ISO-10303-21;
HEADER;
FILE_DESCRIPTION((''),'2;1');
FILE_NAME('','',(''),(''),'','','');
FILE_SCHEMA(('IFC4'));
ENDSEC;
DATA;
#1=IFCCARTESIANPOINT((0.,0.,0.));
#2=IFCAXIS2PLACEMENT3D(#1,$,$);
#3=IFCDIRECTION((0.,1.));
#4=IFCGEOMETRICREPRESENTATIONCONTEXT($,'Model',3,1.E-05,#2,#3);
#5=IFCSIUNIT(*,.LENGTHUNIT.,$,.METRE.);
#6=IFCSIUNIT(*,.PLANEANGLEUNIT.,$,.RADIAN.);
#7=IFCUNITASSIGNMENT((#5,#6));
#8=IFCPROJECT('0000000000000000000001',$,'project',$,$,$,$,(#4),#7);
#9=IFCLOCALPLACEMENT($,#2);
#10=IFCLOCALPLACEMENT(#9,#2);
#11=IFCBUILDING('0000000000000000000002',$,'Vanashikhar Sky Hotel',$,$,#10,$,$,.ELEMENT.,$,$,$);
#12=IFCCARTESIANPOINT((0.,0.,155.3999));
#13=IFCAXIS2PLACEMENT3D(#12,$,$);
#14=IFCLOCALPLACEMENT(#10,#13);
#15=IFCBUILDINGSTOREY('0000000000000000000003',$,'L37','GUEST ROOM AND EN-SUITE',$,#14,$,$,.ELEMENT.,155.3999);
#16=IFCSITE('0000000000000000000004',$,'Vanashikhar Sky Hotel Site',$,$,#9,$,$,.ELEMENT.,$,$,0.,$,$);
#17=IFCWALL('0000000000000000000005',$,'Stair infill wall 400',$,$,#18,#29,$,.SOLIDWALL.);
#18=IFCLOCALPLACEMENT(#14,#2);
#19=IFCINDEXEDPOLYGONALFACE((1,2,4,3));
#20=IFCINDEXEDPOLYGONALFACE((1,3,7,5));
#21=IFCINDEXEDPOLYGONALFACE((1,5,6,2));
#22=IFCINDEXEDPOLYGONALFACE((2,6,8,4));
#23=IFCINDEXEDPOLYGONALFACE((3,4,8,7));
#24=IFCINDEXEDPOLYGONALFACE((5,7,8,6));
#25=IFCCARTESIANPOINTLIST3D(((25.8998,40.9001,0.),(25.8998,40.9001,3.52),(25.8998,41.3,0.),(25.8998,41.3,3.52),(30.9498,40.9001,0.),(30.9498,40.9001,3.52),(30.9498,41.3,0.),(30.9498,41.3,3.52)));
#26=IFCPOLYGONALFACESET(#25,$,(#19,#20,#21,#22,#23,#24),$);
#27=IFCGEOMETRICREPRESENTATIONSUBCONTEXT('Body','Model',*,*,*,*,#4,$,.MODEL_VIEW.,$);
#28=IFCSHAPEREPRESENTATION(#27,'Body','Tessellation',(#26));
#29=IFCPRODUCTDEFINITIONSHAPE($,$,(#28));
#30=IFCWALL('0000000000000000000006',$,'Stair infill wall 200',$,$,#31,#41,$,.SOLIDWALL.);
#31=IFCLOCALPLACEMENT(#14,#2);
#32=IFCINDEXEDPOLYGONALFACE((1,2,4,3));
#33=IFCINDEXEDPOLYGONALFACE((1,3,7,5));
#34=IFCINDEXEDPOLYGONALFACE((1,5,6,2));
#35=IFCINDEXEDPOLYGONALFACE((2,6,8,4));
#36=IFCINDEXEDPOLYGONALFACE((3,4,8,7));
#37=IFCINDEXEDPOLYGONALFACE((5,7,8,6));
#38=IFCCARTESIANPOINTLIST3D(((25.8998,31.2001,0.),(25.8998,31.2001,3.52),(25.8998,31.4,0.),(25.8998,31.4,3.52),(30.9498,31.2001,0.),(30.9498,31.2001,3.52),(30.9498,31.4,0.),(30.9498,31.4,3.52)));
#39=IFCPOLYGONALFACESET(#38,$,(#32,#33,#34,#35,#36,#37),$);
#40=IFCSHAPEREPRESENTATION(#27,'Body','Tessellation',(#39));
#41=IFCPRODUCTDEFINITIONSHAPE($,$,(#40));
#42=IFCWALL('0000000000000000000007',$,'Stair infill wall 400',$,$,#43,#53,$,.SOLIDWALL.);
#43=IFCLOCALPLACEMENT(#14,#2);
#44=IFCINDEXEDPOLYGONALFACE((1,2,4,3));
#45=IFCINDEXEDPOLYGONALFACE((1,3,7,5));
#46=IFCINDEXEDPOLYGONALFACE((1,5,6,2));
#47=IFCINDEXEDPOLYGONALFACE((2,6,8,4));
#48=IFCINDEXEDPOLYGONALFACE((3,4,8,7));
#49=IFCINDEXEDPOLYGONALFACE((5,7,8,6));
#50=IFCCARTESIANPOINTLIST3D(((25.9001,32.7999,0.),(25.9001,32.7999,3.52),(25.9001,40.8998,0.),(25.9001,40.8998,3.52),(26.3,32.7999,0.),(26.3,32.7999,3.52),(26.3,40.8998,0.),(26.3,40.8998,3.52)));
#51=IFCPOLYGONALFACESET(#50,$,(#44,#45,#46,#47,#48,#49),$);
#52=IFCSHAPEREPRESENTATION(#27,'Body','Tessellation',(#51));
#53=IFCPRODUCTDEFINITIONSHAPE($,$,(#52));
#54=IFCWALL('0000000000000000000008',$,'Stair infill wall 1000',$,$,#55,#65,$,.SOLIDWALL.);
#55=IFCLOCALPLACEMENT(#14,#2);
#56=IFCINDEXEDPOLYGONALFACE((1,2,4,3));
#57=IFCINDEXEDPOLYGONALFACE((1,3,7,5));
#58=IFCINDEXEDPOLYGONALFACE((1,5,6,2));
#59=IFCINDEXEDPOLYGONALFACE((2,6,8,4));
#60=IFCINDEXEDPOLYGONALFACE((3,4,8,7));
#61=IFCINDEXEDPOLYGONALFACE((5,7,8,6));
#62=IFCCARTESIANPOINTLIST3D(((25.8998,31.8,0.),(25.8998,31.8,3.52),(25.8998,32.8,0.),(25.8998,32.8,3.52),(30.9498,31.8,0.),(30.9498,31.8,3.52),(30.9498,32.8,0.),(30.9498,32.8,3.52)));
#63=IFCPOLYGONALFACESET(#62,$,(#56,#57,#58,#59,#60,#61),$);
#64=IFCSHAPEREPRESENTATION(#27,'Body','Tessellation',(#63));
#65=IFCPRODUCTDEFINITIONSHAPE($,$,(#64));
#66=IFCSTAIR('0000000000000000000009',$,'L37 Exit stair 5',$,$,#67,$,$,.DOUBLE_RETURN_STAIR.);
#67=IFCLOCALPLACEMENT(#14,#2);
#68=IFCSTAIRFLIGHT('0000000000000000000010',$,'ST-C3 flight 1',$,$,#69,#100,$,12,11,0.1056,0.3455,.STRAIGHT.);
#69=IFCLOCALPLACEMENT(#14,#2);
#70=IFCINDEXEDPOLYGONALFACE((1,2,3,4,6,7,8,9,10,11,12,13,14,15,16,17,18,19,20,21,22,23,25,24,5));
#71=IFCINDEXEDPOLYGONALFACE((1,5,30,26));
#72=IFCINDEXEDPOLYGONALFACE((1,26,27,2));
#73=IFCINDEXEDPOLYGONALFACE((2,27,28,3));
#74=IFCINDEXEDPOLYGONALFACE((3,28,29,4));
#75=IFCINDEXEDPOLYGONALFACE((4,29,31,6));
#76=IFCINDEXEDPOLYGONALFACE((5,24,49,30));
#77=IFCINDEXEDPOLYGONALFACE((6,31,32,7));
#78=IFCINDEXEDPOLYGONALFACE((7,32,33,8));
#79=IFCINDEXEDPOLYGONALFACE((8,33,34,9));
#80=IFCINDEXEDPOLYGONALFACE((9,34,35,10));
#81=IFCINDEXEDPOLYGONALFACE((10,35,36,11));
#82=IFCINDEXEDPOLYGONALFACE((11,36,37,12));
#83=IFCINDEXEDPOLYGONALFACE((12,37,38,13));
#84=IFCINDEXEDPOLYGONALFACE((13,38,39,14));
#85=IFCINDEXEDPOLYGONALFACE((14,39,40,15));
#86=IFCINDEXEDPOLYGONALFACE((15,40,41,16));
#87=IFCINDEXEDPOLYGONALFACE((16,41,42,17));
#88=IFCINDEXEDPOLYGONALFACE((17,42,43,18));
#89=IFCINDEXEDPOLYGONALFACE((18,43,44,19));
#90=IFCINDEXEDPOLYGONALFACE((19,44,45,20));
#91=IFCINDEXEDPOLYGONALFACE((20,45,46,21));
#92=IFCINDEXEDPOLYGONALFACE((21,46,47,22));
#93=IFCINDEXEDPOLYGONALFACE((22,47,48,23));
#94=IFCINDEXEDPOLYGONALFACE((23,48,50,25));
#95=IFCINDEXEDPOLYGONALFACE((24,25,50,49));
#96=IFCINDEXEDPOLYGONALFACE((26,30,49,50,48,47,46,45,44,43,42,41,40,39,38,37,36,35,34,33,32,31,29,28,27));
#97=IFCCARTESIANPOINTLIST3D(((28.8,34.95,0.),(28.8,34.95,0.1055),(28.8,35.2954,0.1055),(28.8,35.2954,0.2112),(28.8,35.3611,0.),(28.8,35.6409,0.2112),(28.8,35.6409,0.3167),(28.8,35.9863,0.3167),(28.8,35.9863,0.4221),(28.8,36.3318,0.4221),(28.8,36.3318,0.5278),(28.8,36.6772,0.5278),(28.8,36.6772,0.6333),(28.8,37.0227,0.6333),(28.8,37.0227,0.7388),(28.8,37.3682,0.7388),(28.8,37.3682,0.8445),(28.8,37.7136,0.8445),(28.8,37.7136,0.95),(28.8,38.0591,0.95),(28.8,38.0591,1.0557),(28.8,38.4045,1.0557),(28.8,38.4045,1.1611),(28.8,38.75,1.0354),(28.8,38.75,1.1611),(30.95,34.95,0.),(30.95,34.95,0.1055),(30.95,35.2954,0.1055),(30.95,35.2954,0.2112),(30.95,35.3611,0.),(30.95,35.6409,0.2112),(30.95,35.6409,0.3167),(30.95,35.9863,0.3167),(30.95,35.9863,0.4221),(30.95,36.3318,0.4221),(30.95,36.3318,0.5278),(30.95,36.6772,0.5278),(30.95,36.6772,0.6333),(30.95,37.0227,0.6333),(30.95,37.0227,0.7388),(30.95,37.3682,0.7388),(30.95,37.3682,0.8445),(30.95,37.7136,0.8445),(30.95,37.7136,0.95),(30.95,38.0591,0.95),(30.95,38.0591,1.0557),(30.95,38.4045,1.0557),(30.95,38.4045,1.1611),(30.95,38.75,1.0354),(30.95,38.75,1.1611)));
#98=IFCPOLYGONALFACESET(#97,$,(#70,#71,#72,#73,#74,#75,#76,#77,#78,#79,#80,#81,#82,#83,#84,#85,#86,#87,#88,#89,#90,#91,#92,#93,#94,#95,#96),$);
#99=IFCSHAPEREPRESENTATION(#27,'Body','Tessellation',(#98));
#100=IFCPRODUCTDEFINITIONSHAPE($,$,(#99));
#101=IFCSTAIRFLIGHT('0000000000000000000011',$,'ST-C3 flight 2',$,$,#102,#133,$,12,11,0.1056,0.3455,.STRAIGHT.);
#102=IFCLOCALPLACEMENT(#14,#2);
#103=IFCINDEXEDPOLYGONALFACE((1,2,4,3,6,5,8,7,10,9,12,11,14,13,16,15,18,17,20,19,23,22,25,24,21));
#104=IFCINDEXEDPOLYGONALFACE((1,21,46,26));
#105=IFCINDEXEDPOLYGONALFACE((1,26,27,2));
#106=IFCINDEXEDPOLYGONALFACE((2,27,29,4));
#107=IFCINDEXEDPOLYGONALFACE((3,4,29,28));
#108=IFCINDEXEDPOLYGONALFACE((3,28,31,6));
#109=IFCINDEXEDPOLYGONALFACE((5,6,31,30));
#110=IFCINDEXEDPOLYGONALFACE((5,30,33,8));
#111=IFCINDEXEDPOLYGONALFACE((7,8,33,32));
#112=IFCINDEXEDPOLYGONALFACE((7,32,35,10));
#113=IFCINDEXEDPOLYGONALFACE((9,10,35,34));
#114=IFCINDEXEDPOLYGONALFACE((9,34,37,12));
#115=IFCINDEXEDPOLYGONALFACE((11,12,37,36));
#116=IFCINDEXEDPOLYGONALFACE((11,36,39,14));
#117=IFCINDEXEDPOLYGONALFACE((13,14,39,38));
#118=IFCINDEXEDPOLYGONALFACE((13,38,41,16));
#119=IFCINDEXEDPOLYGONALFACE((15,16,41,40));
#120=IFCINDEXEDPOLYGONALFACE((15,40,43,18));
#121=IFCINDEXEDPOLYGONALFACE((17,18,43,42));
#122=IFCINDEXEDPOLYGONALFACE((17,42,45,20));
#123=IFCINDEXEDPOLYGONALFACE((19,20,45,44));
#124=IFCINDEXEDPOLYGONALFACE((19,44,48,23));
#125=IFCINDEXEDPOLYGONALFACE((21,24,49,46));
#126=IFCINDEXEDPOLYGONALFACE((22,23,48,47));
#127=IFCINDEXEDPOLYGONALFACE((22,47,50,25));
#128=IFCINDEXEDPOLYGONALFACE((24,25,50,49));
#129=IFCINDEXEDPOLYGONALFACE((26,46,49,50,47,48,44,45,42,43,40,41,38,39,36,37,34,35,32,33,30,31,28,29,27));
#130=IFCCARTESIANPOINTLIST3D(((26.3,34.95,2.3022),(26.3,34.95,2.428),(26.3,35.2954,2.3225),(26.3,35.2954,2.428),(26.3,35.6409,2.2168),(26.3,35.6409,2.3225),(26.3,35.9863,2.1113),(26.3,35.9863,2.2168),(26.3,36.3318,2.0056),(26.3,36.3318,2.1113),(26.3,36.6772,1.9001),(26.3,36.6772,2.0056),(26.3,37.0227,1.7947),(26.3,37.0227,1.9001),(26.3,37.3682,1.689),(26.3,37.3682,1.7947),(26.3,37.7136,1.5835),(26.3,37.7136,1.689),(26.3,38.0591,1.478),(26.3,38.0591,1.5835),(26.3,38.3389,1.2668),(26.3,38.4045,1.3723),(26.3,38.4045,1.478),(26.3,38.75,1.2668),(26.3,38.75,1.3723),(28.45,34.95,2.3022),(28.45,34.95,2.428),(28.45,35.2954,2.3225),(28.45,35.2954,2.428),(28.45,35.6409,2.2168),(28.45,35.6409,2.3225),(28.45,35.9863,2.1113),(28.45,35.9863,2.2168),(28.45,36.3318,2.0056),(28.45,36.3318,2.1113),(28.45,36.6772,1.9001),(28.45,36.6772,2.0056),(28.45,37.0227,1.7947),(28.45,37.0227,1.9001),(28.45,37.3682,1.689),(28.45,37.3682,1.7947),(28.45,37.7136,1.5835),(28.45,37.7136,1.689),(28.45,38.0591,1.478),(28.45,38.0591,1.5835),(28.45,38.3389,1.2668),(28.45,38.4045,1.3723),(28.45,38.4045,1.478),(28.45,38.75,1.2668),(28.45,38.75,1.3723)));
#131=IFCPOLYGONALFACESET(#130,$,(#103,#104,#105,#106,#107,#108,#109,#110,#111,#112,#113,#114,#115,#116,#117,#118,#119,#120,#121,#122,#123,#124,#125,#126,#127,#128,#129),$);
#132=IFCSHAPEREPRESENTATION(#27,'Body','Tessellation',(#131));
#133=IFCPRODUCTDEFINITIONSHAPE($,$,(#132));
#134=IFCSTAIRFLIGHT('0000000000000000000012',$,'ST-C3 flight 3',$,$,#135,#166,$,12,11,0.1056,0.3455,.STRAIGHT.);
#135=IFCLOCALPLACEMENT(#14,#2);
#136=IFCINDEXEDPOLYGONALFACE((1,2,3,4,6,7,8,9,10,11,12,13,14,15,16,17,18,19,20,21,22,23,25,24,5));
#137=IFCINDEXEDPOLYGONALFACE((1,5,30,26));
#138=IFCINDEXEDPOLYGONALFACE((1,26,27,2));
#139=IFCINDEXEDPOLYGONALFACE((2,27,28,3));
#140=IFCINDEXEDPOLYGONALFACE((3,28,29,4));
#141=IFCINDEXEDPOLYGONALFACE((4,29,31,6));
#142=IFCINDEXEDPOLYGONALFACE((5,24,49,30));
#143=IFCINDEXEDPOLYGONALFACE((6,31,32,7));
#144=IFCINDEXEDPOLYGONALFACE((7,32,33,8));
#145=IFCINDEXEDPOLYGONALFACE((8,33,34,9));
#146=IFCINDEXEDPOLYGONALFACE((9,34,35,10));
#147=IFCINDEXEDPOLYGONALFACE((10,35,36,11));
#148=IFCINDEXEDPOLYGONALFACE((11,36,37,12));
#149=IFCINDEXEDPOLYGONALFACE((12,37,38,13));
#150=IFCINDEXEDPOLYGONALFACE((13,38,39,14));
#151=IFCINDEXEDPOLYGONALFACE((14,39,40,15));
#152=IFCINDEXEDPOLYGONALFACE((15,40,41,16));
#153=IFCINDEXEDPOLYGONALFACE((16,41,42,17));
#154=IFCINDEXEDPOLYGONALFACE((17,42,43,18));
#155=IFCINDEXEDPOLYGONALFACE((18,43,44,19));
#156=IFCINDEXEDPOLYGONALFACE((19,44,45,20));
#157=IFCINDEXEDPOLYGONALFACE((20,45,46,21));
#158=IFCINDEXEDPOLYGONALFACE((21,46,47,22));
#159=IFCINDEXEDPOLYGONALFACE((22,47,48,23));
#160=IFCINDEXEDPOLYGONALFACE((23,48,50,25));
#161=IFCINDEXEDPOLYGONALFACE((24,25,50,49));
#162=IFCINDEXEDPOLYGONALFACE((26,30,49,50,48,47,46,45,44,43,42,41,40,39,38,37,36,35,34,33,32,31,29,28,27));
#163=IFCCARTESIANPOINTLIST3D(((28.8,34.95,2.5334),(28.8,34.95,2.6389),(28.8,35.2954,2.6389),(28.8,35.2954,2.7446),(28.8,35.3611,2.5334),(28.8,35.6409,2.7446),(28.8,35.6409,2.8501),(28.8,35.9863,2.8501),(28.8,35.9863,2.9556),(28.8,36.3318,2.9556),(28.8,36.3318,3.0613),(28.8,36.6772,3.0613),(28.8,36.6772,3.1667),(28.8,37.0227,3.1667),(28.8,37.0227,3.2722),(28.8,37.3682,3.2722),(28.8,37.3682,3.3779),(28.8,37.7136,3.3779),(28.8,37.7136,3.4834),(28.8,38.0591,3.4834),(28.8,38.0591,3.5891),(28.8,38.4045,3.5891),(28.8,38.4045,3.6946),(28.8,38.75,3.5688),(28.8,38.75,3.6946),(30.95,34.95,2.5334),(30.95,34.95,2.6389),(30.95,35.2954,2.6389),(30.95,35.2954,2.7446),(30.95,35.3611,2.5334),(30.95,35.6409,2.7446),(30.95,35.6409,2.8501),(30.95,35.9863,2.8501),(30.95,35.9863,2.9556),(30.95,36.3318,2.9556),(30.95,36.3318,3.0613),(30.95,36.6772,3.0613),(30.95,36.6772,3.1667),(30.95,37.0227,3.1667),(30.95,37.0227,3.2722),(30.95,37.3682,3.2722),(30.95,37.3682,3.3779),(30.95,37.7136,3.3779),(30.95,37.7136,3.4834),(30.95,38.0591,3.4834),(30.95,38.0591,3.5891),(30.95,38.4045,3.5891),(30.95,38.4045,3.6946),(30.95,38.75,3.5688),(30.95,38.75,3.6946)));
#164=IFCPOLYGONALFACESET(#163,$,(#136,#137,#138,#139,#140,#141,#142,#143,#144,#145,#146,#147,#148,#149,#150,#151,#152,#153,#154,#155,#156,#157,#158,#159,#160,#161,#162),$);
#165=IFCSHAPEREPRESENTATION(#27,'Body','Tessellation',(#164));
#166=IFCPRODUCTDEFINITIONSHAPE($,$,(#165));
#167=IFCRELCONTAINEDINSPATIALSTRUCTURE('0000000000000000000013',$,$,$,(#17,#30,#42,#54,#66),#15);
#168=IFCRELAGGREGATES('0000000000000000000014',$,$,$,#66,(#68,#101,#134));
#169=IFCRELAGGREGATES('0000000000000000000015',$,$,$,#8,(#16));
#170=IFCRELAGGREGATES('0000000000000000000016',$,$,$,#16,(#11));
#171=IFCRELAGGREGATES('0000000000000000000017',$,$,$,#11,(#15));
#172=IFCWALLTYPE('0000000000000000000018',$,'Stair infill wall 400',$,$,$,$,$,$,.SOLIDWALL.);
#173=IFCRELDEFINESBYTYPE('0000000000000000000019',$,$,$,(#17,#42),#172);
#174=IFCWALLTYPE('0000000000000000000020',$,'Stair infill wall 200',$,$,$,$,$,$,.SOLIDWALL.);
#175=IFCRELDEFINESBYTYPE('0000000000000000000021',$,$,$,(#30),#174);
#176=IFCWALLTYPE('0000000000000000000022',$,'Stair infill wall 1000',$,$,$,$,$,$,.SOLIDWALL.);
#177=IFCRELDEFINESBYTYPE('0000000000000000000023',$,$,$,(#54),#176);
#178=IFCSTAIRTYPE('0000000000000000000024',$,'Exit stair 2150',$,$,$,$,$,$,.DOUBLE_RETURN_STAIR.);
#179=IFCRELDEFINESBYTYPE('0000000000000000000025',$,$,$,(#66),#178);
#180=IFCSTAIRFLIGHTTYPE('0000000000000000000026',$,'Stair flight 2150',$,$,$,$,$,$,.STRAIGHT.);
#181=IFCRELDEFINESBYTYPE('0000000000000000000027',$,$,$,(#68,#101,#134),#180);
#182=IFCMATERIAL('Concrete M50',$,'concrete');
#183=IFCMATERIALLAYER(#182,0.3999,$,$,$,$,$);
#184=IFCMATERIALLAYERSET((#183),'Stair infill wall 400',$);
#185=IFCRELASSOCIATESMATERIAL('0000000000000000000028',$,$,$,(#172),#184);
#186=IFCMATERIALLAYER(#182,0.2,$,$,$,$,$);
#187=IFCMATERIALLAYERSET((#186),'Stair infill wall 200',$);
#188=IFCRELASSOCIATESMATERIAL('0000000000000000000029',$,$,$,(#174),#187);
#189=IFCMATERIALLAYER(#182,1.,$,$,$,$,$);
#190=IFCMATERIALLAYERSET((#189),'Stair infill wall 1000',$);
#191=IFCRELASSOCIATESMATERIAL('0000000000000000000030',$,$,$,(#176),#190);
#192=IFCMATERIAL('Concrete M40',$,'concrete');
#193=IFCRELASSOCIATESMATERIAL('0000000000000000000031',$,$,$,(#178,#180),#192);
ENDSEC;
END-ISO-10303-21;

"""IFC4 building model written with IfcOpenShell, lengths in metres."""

from ifc_helpers import new_model, si_unit, direction, frame, frame_2d, origin, place, context, subcontext, project, spatial, polyline, rectangle, outline, extrude, source, transform, mapped, material, layer, layer_set, type_object, element, aggregate, save


model = new_model("IFC4")

# Units and contexts
model_context = context("Model", 3, precision=1e-05, world=origin(), true_north=direction((0.0, 1.0)))
body_context = subcontext(model_context, "Body", "Model", "MODEL_VIEW")
ifc_project = project(units=[si_unit("LENGTHUNIT", "METRE"), si_unit("PLANEANGLEUNIT", "RADIAN")], contexts=[model_context])

# Site, building, storey
site_placement = place(None, origin())
site = spatial("IfcSite", under=ifc_project, at=site_placement, Name="Vanashikhar Sky Hotel Site", CompositionType="ELEMENT", RefElevation=0.0)
building_placement = place(site_placement, origin())
building = spatial("IfcBuilding", under=site, at=building_placement, Name="Vanashikhar Sky Hotel", CompositionType="ELEMENT")
storey_placement = place(building_placement, frame((0.0, 0.0, 155.3999)))
storey = spatial("IfcBuildingStorey", under=building, at=storey_placement, Name="L37", Description="GUEST ROOM AND EN-SUITE", CompositionType="ELEMENT", Elevation=155.3999)

# Shared definitions
ifc_material_1 = material(Name="Concrete M40", Category="concrete")

# Shared definitions
ifc_material_2 = material(Name="Concrete M50", Category="concrete")

# Walls
ifc_layer_1 = layer(ifc_material_2, 0.3999)
ifc_layer_set_1 = layer_set([ifc_layer_1], Name="Stair infill wall 400")
wall_type_1 = type_object("IfcWallType", Name="Stair infill wall 400", PredefinedType="SOLIDWALL", material=ifc_layer_set_1)
shared_shape_1 = source(origin(), body_context, "Body", "SweptSolid", [
    extrude(rectangle(XDim=5.05, YDim=0.3999, at=frame_2d((2.5249, 0.0))), origin(), (0.0, 0.0, 1.0), 3.52),
])
wall_1_placement = place(storey_placement, frame((25.8999, 41.1001, 0.0), z_axis=(0.0, 0.0, 1.0), x_axis=(1.0, 0.0, 0.0)))
element("IfcWall", 1, at=wall_1_placement, inside=storey, type_object=wall_type_1, Name="Stair infill wall 400", PredefinedType="SOLIDWALL", context=body_context, shape_type="MappedRepresentation", body=[
    mapped(shared_shape_1, transform((0.0, 0.0, 0.0), scale=1.0)),
])
ifc_layer_2 = layer(ifc_material_2, 0.2)
ifc_layer_set_2 = layer_set([ifc_layer_2], Name="Stair infill wall 200")
wall_type_2 = type_object("IfcWallType", Name="Stair infill wall 200", PredefinedType="SOLIDWALL", material=ifc_layer_set_2)
shared_shape_2 = source(origin(), body_context, "Body", "SweptSolid", [
    extrude(rectangle(XDim=5.05, YDim=0.2, at=frame_2d((2.5249, 0.0))), origin(), (0.0, 0.0, 1.0), 3.52),
])
wall_2_placement = place(storey_placement, frame((25.8999, 31.3, 0.0), z_axis=(0.0, 0.0, 1.0), x_axis=(1.0, 0.0, 0.0)))
element("IfcWall", 2, at=wall_2_placement, inside=storey, type_object=wall_type_2, Name="Stair infill wall 200", PredefinedType="SOLIDWALL", context=body_context, shape_type="MappedRepresentation", body=[
    mapped(shared_shape_2, transform((0.0, 0.0, 0.0), scale=1.0)),
])
shared_shape_3 = source(origin(), body_context, "Body", "SweptSolid", [
    extrude(rectangle(XDim=8.0999, YDim=0.3999, at=frame_2d((4.0498, 0.0))), origin(), (0.0, 0.0, 1.0), 3.52),
])
wall_3_placement = place(storey_placement, frame((26.1001, 32.8, 0.0), z_axis=(0.0, 0.0, 1.0), x_axis=(0.0, 1.0, 0.0)))
element("IfcWall", 3, at=wall_3_placement, inside=storey, type_object=wall_type_1, Name="Stair infill wall 400", PredefinedType="SOLIDWALL", context=body_context, shape_type="MappedRepresentation", body=[
    mapped(shared_shape_3, transform((0.0, 0.0, 0.0), scale=1.0)),
])
ifc_layer_3 = layer(ifc_material_2, 1.0)
ifc_layer_set_3 = layer_set([ifc_layer_3], Name="Stair infill wall 1000")
wall_type_3 = type_object("IfcWallType", Name="Stair infill wall 1000", PredefinedType="SOLIDWALL", material=ifc_layer_set_3)
shared_shape_4 = source(origin(), body_context, "Body", "SweptSolid", [
    extrude(rectangle(XDim=5.05, YDim=1.0, at=frame_2d((2.5249, 0.0))), origin(), (0.0, 0.0, 1.0), 3.52),
])
wall_4_placement = place(storey_placement, frame((25.8999, 32.3, 0.0), z_axis=(0.0, 0.0, 1.0), x_axis=(1.0, 0.0, 0.0)))
element("IfcWall", 4, at=wall_4_placement, inside=storey, type_object=wall_type_3, Name="Stair infill wall 1000", PredefinedType="SOLIDWALL", context=body_context, shape_type="MappedRepresentation", body=[
    mapped(shared_shape_4, transform((0.0, 0.0, 0.0), scale=1.0)),
])

# Stair, stair flights
stair_type = type_object("IfcStairType", Name="Exit stair 2150", PredefinedType="DOUBLE_RETURN_STAIR", material=ifc_material_1)
stair_placement = place(storey_placement, origin())
stair = element("IfcStair", 5, at=stair_placement, inside=storey, type_object=stair_type, Name="L37 Exit stair 5", PredefinedType="DOUBLE_RETURN_STAIR")
stair_flight_type = type_object("IfcStairFlightType", Name="Stair flight 2150", PredefinedType="STRAIGHT", material=ifc_material_1)
shared_shape_5 = source(origin(), body_context, "Body", "SweptSolid", [
    extrude(outline(polyline([(0.0, 0.0), (0.0, 0.1055), (0.3455, 0.1055), (0.3455, 0.2112), (0.6909, 0.2112), (0.6909, 0.3167), (1.0364, 0.3167), (1.0364, 0.4221), (1.3818, 0.4221), (1.3818, 0.5278), (1.7273, 0.5278), (1.7273, 0.6333), (2.0728, 0.6333), (2.0728, 0.7388), (2.4182, 0.7388), (2.4182, 0.8445), (2.7637, 0.8445), (2.7637, 0.95), (3.1091, 0.95), (3.1091, 1.0557), (3.4546, 1.0557), (3.4546, 1.1611), (3.8, 1.1611), (3.8, 1.2666), (3.8, 1.0354), (0.4111, 0.0), (0.0, 0.0)])), frame((0.0, 1.075, 0.0), z_axis=(0.0, -1.0, 0.0), x_axis=(1.0, 0.0, 0.0)), (0.0, 0.0, 1.0), 2.1499),
])
stair_flight_1_placement = place(storey_placement, frame((29.875, 34.95, 0.0), z_axis=(0.0, 0.0, 1.0), x_axis=(0.0, 1.0, 0.0)))
stair_flight_1 = element("IfcStairFlight", 6, at=stair_flight_1_placement, type_object=stair_flight_type, Name="ST-C3 flight 1", NumberOfRisers=12, NumberOfTreads=11, PredefinedType="STRAIGHT", RiserHeight=0.1056, TreadLength=0.3455, context=body_context, shape_type="MappedRepresentation", body=[
    mapped(shared_shape_5, transform((0.0, 0.0, 0.0), scale=1.0)),
])
stair_flight_2_placement = place(storey_placement, frame((27.375, 38.75, 1.2668), z_axis=(0.0, 0.0, 1.0), x_axis=(0.0, -1.0, 0.0)))
stair_flight_2 = element("IfcStairFlight", 7, at=stair_flight_2_placement, type_object=stair_flight_type, Name="ST-C3 flight 2", NumberOfRisers=12, NumberOfTreads=11, PredefinedType="STRAIGHT", RiserHeight=0.1056, TreadLength=0.3455, context=body_context, shape_type="MappedRepresentation", body=[
    mapped(shared_shape_5, transform((0.0, 0.0, 0.0), scale=1.0)),
])
stair_flight_3_placement = place(storey_placement, frame((29.875, 34.95, 2.5334), z_axis=(0.0, 0.0, 1.0), x_axis=(0.0, 1.0, 0.0)))
stair_flight_3 = element("IfcStairFlight", 8, at=stair_flight_3_placement, type_object=stair_flight_type, Name="ST-C3 flight 3", NumberOfRisers=12, NumberOfTreads=11, PredefinedType="STRAIGHT", RiserHeight=0.1056, TreadLength=0.3455, context=body_context, shape_type="MappedRepresentation", body=[
    mapped(shared_shape_5, transform((0.0, 0.0, 0.0), scale=1.0)),
])
aggregate(stair, [stair_flight_1, stair_flight_2, stair_flight_3])

save(model, "model.ifc")
